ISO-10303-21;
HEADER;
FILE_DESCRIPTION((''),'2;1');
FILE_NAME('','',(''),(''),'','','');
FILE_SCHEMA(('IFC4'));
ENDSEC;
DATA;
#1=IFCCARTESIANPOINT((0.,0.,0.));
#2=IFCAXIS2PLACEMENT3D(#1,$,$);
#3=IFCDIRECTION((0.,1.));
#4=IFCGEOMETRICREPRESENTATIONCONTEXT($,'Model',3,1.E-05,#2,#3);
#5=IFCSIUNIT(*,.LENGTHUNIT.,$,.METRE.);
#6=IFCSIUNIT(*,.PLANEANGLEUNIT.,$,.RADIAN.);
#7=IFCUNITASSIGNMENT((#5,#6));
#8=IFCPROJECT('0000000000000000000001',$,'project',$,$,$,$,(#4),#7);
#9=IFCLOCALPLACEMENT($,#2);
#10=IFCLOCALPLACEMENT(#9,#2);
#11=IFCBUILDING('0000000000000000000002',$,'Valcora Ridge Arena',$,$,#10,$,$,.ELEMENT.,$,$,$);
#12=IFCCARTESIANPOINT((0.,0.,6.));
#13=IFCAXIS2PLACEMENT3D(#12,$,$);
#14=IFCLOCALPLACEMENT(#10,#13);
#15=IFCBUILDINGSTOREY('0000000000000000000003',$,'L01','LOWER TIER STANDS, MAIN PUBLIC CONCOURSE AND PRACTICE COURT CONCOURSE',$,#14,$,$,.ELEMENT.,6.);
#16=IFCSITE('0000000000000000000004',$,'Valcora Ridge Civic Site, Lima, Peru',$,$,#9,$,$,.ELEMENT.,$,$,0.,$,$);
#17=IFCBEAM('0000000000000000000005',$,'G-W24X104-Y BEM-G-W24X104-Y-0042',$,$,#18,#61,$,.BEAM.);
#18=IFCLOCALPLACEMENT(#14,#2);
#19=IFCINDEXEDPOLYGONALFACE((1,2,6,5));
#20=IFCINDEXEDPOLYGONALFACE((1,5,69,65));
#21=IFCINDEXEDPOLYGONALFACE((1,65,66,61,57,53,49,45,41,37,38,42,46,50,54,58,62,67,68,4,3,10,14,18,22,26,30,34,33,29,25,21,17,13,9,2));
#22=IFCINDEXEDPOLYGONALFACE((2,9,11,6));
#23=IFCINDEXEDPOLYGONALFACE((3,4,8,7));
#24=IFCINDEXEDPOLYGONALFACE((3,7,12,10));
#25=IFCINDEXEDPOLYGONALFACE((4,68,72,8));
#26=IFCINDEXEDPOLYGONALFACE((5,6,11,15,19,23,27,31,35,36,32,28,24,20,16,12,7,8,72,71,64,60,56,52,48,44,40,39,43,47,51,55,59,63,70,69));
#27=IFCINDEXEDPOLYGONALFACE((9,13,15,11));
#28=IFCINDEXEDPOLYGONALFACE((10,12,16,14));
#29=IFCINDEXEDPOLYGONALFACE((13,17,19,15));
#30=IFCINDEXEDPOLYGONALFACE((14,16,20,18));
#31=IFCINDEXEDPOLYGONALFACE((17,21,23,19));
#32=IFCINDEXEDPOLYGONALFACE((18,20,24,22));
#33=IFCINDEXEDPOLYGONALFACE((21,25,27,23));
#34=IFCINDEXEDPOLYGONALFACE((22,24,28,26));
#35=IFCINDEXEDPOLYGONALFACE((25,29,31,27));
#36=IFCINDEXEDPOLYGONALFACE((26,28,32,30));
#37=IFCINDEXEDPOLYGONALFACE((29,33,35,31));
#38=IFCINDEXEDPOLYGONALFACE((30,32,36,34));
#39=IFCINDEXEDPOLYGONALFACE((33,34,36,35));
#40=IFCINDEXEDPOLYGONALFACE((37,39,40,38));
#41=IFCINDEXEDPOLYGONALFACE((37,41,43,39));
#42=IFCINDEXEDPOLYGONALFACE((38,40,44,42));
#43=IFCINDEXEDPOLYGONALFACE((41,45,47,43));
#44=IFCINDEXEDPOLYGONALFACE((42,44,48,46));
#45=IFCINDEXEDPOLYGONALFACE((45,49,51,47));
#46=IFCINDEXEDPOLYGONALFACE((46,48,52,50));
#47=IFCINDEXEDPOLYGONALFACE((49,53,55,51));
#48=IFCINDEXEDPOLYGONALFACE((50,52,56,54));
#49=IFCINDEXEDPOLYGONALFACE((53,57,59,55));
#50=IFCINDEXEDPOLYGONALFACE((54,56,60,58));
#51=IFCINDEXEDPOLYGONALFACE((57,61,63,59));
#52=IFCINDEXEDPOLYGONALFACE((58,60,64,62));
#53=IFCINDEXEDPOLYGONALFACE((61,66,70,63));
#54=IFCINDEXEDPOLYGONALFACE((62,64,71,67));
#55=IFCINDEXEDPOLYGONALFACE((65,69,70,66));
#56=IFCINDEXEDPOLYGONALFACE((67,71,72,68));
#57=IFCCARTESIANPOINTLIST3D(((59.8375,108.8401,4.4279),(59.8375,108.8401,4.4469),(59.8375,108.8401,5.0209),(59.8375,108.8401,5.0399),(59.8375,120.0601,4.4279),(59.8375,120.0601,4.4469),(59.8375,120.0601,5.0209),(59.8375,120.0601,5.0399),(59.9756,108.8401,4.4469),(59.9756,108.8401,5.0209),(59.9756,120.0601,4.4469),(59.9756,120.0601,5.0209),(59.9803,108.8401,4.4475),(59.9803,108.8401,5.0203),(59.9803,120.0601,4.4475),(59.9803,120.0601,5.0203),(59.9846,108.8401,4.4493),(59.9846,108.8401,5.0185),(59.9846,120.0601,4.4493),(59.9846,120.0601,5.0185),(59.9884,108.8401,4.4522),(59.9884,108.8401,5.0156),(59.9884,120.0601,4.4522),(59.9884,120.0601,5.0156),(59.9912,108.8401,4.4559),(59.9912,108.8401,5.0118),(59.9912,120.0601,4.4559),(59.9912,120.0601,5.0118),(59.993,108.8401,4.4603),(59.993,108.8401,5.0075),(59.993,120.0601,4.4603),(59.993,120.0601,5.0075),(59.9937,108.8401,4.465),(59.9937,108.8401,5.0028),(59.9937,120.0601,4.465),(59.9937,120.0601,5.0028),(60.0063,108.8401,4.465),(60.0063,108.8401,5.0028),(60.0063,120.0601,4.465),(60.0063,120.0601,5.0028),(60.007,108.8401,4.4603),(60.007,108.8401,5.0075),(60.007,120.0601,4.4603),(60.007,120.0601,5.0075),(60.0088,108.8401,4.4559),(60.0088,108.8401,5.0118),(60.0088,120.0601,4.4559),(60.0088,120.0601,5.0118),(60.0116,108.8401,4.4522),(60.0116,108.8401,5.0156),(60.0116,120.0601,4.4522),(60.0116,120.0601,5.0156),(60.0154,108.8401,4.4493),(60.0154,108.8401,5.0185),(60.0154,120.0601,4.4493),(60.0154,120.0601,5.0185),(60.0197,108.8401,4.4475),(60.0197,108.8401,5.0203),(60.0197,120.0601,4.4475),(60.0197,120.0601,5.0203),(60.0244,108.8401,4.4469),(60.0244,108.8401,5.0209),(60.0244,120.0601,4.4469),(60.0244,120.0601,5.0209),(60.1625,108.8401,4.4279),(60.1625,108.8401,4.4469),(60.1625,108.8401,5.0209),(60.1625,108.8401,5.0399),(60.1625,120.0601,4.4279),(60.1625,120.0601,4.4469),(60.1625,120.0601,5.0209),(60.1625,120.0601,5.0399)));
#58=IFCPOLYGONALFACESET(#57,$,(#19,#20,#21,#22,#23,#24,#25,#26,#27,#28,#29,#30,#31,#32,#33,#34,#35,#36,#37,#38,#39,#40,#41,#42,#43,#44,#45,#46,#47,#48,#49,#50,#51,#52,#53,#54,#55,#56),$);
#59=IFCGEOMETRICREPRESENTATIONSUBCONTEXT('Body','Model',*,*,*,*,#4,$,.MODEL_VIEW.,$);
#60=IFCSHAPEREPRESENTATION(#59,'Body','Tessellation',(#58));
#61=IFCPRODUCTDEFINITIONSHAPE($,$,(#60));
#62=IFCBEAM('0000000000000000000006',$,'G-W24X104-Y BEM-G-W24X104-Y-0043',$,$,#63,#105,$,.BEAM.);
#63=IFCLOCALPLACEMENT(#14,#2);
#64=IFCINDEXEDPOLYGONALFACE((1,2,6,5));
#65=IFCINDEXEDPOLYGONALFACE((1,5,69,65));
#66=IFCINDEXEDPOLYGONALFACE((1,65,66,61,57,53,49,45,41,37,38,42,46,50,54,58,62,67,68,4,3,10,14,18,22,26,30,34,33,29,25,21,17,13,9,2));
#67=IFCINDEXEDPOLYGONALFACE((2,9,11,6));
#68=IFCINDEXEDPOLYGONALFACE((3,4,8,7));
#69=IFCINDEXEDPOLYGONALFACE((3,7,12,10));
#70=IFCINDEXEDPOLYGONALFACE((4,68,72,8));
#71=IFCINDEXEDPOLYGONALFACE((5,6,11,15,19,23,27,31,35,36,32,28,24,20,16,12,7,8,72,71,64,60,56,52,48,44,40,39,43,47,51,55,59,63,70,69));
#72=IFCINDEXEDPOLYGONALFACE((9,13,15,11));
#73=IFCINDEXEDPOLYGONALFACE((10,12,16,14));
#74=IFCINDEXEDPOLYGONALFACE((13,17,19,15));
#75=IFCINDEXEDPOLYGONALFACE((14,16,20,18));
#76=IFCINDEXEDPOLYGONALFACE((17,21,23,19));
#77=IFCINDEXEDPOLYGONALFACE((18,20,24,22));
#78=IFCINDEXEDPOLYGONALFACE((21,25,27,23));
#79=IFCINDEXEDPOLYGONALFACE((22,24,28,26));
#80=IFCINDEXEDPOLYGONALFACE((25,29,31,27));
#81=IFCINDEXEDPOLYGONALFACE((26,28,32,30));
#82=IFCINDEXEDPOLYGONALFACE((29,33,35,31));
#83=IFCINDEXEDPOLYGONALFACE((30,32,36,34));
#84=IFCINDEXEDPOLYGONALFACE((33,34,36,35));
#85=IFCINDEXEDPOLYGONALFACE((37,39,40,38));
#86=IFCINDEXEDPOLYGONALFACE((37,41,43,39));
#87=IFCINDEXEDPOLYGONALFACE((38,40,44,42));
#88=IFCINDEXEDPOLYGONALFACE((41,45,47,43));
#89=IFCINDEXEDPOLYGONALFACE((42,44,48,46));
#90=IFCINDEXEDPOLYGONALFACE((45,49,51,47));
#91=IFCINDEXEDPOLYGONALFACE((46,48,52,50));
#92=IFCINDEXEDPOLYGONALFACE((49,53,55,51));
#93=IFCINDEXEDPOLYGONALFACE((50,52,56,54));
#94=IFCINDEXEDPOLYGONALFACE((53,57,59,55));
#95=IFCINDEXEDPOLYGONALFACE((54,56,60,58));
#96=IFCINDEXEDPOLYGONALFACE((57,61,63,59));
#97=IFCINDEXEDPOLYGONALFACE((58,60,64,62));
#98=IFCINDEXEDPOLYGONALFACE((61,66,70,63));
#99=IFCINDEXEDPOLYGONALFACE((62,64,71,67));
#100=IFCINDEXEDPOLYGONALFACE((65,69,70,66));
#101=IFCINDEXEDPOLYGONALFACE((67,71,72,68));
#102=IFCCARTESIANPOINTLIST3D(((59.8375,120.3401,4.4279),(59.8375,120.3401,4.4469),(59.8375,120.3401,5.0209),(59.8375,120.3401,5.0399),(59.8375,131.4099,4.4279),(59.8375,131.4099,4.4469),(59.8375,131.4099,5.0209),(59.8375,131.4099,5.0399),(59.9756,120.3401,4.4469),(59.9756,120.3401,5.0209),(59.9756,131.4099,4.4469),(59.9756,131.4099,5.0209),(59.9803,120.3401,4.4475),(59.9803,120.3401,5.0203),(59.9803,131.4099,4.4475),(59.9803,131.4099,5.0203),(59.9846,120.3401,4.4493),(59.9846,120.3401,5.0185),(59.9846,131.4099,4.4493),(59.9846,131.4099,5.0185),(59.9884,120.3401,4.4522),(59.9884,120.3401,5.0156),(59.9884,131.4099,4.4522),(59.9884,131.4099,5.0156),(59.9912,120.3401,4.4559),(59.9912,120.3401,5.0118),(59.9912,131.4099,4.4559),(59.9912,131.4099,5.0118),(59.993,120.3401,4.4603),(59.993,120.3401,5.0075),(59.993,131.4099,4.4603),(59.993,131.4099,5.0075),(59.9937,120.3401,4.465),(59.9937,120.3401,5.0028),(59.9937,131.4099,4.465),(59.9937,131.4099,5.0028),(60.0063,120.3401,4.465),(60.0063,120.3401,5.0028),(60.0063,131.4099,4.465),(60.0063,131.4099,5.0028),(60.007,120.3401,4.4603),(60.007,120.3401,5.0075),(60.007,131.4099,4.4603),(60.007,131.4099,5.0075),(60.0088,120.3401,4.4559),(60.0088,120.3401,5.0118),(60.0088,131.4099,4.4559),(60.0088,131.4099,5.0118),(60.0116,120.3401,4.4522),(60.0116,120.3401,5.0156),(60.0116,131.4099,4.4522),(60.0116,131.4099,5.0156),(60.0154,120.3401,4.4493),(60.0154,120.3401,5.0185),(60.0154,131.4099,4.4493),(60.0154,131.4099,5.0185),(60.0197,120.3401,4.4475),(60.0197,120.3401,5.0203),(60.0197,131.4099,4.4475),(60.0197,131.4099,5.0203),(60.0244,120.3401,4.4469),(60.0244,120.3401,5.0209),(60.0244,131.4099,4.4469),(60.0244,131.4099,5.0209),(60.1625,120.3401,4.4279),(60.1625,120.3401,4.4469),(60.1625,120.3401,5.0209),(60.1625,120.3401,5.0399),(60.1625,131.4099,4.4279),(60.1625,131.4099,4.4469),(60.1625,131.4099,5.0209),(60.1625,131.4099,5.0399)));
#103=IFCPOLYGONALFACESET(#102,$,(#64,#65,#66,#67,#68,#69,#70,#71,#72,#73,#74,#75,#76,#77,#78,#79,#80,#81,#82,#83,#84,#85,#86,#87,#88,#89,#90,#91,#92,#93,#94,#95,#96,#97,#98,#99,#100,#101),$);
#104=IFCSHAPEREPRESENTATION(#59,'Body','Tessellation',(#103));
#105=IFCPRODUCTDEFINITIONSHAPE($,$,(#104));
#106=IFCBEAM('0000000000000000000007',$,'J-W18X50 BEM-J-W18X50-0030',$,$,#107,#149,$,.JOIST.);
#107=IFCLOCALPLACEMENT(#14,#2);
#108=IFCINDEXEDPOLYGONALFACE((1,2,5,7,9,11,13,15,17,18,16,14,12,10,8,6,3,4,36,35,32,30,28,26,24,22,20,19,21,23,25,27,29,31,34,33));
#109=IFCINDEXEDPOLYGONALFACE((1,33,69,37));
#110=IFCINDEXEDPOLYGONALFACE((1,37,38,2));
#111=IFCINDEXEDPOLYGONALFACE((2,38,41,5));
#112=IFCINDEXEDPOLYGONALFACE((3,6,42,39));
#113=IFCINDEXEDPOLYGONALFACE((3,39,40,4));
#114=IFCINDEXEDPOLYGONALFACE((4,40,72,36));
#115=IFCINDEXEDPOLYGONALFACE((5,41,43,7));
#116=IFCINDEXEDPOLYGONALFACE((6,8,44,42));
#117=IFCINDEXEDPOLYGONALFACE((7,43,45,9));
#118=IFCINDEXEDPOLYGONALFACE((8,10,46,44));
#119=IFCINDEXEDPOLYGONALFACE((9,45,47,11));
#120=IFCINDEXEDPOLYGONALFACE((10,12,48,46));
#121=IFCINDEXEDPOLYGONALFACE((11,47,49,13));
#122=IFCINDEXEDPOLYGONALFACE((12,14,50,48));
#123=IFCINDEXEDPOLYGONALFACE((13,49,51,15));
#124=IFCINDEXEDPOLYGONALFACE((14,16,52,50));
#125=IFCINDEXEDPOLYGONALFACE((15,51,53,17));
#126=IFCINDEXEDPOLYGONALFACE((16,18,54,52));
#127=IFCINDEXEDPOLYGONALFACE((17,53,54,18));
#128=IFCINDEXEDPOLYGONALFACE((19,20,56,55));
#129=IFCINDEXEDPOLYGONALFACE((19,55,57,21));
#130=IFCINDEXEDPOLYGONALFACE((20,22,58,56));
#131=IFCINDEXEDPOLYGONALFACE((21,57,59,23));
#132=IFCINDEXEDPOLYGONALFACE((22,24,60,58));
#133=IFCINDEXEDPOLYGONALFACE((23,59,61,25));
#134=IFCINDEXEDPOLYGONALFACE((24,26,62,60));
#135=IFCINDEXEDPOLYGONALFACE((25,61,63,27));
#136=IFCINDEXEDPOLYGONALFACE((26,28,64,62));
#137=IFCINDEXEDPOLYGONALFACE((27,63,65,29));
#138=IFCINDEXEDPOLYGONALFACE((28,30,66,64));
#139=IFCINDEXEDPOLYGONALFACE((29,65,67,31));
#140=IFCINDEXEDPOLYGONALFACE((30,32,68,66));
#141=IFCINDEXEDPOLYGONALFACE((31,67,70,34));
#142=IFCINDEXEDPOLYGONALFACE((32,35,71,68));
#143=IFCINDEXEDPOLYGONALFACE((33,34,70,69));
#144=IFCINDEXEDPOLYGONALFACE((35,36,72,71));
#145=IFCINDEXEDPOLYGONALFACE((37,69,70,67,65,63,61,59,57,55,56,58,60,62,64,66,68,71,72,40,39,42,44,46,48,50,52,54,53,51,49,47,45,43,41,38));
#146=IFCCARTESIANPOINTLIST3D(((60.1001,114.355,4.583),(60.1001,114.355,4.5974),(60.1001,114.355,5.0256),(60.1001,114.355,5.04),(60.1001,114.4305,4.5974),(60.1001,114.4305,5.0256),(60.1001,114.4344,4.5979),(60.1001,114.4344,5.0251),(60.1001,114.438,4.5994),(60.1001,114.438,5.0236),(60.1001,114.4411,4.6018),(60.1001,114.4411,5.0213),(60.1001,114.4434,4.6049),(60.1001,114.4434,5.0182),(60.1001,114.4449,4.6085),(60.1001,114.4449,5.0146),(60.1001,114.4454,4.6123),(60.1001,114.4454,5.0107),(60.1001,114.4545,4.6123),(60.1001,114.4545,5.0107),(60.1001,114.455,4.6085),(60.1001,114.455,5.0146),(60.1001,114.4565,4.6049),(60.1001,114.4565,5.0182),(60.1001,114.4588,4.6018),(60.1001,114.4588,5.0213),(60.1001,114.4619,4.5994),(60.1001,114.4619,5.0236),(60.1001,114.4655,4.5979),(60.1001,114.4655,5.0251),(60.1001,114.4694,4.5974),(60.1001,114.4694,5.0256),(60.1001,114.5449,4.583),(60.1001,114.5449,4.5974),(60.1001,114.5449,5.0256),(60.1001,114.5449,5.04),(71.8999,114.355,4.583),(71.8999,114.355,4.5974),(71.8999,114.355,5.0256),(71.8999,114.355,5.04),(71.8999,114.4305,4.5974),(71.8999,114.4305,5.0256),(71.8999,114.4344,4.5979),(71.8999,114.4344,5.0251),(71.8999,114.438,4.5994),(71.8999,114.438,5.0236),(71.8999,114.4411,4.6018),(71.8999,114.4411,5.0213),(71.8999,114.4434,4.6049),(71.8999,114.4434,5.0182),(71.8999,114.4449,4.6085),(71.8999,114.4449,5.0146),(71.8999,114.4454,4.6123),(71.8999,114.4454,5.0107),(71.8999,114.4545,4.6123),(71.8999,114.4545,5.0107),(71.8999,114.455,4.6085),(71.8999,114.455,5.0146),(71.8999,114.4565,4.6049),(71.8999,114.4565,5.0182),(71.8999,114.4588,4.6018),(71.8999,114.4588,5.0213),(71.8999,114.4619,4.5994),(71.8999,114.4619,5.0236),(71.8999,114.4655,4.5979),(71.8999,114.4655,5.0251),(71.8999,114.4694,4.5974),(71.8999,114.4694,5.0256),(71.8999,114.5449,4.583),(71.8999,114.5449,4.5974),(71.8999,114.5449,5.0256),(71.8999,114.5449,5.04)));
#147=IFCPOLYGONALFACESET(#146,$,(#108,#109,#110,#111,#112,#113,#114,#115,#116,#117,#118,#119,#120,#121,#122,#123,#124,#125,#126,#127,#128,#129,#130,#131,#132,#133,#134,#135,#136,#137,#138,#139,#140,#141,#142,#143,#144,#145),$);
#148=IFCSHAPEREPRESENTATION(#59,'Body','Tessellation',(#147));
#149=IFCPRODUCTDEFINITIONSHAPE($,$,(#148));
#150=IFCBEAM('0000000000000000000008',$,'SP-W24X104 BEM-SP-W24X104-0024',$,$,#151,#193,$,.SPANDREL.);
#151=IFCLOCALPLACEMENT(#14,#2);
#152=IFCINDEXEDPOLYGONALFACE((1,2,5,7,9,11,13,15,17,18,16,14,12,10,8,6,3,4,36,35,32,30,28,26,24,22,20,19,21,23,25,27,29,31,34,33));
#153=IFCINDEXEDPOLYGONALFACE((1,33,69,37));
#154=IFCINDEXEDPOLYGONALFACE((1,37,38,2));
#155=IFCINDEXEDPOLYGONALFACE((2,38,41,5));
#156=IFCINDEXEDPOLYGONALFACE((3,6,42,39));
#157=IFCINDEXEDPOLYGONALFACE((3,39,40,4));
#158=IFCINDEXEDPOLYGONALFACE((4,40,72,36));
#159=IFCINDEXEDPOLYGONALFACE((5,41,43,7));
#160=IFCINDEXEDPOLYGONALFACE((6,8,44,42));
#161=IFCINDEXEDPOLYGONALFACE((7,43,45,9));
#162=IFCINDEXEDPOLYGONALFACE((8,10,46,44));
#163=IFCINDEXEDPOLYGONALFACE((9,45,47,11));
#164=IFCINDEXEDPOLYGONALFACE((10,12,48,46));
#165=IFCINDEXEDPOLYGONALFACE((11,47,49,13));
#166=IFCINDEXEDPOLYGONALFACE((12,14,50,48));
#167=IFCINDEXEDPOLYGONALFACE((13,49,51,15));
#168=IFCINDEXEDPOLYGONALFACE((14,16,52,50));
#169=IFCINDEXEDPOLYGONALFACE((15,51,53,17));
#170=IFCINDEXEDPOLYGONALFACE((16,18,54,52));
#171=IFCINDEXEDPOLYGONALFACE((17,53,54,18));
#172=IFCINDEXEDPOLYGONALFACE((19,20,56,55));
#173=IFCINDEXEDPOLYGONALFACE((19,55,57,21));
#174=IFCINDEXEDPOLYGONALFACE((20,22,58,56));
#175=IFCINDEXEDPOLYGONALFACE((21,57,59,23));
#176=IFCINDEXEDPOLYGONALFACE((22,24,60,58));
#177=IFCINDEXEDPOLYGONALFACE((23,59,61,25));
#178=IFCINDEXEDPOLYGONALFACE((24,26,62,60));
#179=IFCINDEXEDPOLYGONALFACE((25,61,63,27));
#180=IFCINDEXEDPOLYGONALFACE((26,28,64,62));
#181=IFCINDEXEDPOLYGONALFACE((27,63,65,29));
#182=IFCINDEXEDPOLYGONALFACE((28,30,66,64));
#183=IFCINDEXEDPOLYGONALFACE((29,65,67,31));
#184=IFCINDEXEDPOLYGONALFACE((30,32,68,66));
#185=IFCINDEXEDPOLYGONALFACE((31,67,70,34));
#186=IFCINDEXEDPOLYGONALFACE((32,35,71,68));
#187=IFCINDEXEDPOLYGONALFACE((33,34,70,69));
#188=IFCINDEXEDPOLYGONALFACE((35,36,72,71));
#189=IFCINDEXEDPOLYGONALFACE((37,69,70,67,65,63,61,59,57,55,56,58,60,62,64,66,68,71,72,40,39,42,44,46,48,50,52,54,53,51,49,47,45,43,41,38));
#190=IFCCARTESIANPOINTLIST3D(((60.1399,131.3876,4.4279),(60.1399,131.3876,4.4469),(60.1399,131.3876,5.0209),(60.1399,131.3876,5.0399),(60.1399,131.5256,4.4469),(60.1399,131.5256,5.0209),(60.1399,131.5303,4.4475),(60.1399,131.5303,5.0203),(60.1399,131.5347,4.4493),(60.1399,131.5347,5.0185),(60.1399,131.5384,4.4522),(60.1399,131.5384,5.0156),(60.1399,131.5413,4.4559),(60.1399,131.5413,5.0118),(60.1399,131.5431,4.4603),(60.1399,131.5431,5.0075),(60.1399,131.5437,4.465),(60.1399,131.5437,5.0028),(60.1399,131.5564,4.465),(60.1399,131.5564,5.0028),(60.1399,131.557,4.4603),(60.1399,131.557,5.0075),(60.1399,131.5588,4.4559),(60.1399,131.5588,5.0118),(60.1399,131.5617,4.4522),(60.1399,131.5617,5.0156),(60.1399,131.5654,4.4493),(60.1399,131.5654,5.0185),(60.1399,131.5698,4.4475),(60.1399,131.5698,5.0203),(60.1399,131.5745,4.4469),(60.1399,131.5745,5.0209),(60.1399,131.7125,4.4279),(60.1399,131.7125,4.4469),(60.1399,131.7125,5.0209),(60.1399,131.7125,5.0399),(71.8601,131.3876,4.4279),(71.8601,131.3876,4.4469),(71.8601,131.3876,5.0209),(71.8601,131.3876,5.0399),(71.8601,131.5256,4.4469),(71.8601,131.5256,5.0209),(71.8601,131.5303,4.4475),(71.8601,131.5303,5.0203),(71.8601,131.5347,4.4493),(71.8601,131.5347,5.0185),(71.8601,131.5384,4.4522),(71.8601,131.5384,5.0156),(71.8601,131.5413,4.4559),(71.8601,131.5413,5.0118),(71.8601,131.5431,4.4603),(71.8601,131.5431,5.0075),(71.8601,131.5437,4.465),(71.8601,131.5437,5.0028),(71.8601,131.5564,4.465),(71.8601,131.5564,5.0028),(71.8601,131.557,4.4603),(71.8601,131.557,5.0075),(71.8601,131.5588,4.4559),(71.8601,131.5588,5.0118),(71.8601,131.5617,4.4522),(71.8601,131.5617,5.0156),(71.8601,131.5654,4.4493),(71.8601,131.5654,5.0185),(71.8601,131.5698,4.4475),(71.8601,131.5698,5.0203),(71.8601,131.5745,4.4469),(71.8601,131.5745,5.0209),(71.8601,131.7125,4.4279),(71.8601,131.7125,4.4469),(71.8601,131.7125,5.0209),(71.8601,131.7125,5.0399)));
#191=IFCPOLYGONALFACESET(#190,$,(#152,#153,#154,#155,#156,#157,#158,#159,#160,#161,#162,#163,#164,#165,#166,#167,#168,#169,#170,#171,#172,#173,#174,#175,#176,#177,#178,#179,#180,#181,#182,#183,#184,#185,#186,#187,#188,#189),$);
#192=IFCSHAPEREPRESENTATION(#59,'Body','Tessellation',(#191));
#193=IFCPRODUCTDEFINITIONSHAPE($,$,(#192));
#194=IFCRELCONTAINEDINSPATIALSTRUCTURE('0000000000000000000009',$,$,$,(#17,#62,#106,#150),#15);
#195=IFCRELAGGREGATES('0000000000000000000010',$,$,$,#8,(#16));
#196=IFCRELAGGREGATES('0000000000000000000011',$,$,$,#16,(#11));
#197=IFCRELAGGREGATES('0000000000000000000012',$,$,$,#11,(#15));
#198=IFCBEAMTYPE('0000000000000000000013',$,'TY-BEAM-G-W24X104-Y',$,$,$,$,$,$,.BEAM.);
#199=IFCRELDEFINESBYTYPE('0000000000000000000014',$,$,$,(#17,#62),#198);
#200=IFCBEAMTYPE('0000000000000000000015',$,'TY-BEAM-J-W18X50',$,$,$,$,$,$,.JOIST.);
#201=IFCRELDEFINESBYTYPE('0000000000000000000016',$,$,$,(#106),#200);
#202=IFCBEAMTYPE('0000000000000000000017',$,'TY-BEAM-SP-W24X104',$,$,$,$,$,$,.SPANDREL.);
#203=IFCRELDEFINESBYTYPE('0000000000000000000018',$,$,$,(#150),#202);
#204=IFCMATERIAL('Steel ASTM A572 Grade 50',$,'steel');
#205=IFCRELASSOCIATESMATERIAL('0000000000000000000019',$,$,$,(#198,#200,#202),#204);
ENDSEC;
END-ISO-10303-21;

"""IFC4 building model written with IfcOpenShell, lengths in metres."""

from ifc_helpers import new_model, si_unit, direction, frame, origin, origin_2d, place, context, subcontext, project, spatial, i_section, extrude, material, material_profile, profile_set, type_object, element, save


model = new_model("IFC4")

# Units and contexts
model_context = context("Model", 3, precision=1e-05, world=origin(), true_north=direction((0.0, 1.0)))
body_context = subcontext(model_context, "Body", "Model", "MODEL_VIEW")
ifc_project = project(units=[si_unit("LENGTHUNIT", "METRE"), si_unit("PLANEANGLEUNIT", "RADIAN")], contexts=[model_context])

# Site, building, storey
site_placement = place(None, origin())
site = spatial("IfcSite", under=ifc_project, at=site_placement, Name="Valcora Ridge Civic Site, Lima, Peru", CompositionType="ELEMENT", RefElevation=0.0)
building_placement = place(site_placement, origin())
building = spatial("IfcBuilding", under=site, at=building_placement, Name="Valcora Ridge Arena", CompositionType="ELEMENT")
storey_placement = place(building_placement, frame((0.0, 0.0, 6.0)))
storey = spatial("IfcBuildingStorey", under=building, at=storey_placement, Name="L01", Description="LOWER TIER STANDS, MAIN PUBLIC CONCOURSE AND PRACTICE COURT CONCOURSE", CompositionType="ELEMENT", Elevation=6.0)

# Beams
ifc_material_1 = material(Name="Steel ASTM A572 Grade 50", Category="steel")
ifc_material_profile_1 = material_profile(ifc_material_1, i_section(OverallWidth=0.325, OverallDepth=0.6121, WebThickness=0.0127, FlangeThickness=0.019, FilletRadius=0.0181, at=origin_2d()), Name="W24X104")
ifc_profile_set_1 = profile_set([ifc_material_profile_1], Name="Steel ASTM A572 Grade 50")
beam_type_1 = type_object("IfcBeamType", Name="TY-BEAM-G-W24X104-Y", PredefinedType="BEAM", material=ifc_profile_set_1)
beam_1_placement = place(storey_placement, frame((60.0, 108.8401, 4.7339), z_axis=(0.0, 1.0, 0.0), x_axis=(-1.0, 0.0, 0.0)))
element("IfcBeam", 1, at=beam_1_placement, inside=storey, type_object=beam_type_1, Name="G-W24X104-Y BEM-G-W24X104-Y-0042", PredefinedType="BEAM", context=body_context, shape_type="SweptSolid", body=[
    extrude(i_section(OverallWidth=0.325, OverallDepth=0.6121, WebThickness=0.0127, FlangeThickness=0.019, FilletRadius=0.0181, at=origin_2d()), origin(), (0.0, 0.0, 1.0), 11.22),
])
beam_2_placement = place(storey_placement, frame((60.0, 120.3401, 4.7339), z_axis=(0.0, 1.0, 0.0), x_axis=(-1.0, 0.0, 0.0)))
element("IfcBeam", 2, at=beam_2_placement, inside=storey, type_object=beam_type_1, Name="G-W24X104-Y BEM-G-W24X104-Y-0043", PredefinedType="BEAM", context=body_context, shape_type="SweptSolid", body=[
    extrude(i_section(OverallWidth=0.325, OverallDepth=0.6121, WebThickness=0.0127, FlangeThickness=0.019, FilletRadius=0.0181, at=origin_2d()), origin(), (0.0, 0.0, 1.0), 11.0698),
])
ifc_material_profile_2 = material_profile(ifc_material_1, i_section(OverallWidth=0.1899, OverallDepth=0.457, WebThickness=0.009, FlangeThickness=0.0144, FilletRadius=0.0149, at=origin_2d()), Name="W18X50")
ifc_profile_set_2 = profile_set([ifc_material_profile_2], Name="Steel ASTM A572 Grade 50")
beam_type_2 = type_object("IfcBeamType", Name="TY-BEAM-J-W18X50", PredefinedType="JOIST", material=ifc_profile_set_2)
beam_3_placement = place(storey_placement, frame((60.1001, 114.45, 4.8115), z_axis=(1.0, 0.0, 0.0), x_axis=(0.0, 1.0, 0.0)))
element("IfcBeam", 3, at=beam_3_placement, inside=storey, type_object=beam_type_2, Name="J-W18X50 BEM-J-W18X50-0030", PredefinedType="JOIST", context=body_context, shape_type="SweptSolid", body=[
    extrude(i_section(OverallWidth=0.1899, OverallDepth=0.457, WebThickness=0.009, FlangeThickness=0.0144, FilletRadius=0.0149, at=origin_2d()), origin(), (0.0, 0.0, 1.0), 11.7998),
])
ifc_material_profile_3 = material_profile(ifc_material_1, i_section(OverallWidth=0.325, OverallDepth=0.6121, WebThickness=0.0127, FlangeThickness=0.019, FilletRadius=0.0181, at=origin_2d()), Name="W24X104")
ifc_profile_set_3 = profile_set([ifc_material_profile_3], Name="Steel ASTM A572 Grade 50")
beam_type_3 = type_object("IfcBeamType", Name="TY-BEAM-SP-W24X104", PredefinedType="SPANDREL", material=ifc_profile_set_3)
beam_4_placement = place(storey_placement, frame((60.1399, 131.55, 4.7339), z_axis=(1.0, 0.0, 0.0), x_axis=(0.0, 1.0, 0.0)))
element("IfcBeam", 4, at=beam_4_placement, inside=storey, type_object=beam_type_3, Name="SP-W24X104 BEM-SP-W24X104-0024", PredefinedType="SPANDREL", context=body_context, shape_type="SweptSolid", body=[
    extrude(i_section(OverallWidth=0.325, OverallDepth=0.6121, WebThickness=0.0127, FlangeThickness=0.019, FilletRadius=0.0181, at=origin_2d()), origin(), (0.0, 0.0, 1.0), 11.7202),
])

save(model, "model.ifc")
